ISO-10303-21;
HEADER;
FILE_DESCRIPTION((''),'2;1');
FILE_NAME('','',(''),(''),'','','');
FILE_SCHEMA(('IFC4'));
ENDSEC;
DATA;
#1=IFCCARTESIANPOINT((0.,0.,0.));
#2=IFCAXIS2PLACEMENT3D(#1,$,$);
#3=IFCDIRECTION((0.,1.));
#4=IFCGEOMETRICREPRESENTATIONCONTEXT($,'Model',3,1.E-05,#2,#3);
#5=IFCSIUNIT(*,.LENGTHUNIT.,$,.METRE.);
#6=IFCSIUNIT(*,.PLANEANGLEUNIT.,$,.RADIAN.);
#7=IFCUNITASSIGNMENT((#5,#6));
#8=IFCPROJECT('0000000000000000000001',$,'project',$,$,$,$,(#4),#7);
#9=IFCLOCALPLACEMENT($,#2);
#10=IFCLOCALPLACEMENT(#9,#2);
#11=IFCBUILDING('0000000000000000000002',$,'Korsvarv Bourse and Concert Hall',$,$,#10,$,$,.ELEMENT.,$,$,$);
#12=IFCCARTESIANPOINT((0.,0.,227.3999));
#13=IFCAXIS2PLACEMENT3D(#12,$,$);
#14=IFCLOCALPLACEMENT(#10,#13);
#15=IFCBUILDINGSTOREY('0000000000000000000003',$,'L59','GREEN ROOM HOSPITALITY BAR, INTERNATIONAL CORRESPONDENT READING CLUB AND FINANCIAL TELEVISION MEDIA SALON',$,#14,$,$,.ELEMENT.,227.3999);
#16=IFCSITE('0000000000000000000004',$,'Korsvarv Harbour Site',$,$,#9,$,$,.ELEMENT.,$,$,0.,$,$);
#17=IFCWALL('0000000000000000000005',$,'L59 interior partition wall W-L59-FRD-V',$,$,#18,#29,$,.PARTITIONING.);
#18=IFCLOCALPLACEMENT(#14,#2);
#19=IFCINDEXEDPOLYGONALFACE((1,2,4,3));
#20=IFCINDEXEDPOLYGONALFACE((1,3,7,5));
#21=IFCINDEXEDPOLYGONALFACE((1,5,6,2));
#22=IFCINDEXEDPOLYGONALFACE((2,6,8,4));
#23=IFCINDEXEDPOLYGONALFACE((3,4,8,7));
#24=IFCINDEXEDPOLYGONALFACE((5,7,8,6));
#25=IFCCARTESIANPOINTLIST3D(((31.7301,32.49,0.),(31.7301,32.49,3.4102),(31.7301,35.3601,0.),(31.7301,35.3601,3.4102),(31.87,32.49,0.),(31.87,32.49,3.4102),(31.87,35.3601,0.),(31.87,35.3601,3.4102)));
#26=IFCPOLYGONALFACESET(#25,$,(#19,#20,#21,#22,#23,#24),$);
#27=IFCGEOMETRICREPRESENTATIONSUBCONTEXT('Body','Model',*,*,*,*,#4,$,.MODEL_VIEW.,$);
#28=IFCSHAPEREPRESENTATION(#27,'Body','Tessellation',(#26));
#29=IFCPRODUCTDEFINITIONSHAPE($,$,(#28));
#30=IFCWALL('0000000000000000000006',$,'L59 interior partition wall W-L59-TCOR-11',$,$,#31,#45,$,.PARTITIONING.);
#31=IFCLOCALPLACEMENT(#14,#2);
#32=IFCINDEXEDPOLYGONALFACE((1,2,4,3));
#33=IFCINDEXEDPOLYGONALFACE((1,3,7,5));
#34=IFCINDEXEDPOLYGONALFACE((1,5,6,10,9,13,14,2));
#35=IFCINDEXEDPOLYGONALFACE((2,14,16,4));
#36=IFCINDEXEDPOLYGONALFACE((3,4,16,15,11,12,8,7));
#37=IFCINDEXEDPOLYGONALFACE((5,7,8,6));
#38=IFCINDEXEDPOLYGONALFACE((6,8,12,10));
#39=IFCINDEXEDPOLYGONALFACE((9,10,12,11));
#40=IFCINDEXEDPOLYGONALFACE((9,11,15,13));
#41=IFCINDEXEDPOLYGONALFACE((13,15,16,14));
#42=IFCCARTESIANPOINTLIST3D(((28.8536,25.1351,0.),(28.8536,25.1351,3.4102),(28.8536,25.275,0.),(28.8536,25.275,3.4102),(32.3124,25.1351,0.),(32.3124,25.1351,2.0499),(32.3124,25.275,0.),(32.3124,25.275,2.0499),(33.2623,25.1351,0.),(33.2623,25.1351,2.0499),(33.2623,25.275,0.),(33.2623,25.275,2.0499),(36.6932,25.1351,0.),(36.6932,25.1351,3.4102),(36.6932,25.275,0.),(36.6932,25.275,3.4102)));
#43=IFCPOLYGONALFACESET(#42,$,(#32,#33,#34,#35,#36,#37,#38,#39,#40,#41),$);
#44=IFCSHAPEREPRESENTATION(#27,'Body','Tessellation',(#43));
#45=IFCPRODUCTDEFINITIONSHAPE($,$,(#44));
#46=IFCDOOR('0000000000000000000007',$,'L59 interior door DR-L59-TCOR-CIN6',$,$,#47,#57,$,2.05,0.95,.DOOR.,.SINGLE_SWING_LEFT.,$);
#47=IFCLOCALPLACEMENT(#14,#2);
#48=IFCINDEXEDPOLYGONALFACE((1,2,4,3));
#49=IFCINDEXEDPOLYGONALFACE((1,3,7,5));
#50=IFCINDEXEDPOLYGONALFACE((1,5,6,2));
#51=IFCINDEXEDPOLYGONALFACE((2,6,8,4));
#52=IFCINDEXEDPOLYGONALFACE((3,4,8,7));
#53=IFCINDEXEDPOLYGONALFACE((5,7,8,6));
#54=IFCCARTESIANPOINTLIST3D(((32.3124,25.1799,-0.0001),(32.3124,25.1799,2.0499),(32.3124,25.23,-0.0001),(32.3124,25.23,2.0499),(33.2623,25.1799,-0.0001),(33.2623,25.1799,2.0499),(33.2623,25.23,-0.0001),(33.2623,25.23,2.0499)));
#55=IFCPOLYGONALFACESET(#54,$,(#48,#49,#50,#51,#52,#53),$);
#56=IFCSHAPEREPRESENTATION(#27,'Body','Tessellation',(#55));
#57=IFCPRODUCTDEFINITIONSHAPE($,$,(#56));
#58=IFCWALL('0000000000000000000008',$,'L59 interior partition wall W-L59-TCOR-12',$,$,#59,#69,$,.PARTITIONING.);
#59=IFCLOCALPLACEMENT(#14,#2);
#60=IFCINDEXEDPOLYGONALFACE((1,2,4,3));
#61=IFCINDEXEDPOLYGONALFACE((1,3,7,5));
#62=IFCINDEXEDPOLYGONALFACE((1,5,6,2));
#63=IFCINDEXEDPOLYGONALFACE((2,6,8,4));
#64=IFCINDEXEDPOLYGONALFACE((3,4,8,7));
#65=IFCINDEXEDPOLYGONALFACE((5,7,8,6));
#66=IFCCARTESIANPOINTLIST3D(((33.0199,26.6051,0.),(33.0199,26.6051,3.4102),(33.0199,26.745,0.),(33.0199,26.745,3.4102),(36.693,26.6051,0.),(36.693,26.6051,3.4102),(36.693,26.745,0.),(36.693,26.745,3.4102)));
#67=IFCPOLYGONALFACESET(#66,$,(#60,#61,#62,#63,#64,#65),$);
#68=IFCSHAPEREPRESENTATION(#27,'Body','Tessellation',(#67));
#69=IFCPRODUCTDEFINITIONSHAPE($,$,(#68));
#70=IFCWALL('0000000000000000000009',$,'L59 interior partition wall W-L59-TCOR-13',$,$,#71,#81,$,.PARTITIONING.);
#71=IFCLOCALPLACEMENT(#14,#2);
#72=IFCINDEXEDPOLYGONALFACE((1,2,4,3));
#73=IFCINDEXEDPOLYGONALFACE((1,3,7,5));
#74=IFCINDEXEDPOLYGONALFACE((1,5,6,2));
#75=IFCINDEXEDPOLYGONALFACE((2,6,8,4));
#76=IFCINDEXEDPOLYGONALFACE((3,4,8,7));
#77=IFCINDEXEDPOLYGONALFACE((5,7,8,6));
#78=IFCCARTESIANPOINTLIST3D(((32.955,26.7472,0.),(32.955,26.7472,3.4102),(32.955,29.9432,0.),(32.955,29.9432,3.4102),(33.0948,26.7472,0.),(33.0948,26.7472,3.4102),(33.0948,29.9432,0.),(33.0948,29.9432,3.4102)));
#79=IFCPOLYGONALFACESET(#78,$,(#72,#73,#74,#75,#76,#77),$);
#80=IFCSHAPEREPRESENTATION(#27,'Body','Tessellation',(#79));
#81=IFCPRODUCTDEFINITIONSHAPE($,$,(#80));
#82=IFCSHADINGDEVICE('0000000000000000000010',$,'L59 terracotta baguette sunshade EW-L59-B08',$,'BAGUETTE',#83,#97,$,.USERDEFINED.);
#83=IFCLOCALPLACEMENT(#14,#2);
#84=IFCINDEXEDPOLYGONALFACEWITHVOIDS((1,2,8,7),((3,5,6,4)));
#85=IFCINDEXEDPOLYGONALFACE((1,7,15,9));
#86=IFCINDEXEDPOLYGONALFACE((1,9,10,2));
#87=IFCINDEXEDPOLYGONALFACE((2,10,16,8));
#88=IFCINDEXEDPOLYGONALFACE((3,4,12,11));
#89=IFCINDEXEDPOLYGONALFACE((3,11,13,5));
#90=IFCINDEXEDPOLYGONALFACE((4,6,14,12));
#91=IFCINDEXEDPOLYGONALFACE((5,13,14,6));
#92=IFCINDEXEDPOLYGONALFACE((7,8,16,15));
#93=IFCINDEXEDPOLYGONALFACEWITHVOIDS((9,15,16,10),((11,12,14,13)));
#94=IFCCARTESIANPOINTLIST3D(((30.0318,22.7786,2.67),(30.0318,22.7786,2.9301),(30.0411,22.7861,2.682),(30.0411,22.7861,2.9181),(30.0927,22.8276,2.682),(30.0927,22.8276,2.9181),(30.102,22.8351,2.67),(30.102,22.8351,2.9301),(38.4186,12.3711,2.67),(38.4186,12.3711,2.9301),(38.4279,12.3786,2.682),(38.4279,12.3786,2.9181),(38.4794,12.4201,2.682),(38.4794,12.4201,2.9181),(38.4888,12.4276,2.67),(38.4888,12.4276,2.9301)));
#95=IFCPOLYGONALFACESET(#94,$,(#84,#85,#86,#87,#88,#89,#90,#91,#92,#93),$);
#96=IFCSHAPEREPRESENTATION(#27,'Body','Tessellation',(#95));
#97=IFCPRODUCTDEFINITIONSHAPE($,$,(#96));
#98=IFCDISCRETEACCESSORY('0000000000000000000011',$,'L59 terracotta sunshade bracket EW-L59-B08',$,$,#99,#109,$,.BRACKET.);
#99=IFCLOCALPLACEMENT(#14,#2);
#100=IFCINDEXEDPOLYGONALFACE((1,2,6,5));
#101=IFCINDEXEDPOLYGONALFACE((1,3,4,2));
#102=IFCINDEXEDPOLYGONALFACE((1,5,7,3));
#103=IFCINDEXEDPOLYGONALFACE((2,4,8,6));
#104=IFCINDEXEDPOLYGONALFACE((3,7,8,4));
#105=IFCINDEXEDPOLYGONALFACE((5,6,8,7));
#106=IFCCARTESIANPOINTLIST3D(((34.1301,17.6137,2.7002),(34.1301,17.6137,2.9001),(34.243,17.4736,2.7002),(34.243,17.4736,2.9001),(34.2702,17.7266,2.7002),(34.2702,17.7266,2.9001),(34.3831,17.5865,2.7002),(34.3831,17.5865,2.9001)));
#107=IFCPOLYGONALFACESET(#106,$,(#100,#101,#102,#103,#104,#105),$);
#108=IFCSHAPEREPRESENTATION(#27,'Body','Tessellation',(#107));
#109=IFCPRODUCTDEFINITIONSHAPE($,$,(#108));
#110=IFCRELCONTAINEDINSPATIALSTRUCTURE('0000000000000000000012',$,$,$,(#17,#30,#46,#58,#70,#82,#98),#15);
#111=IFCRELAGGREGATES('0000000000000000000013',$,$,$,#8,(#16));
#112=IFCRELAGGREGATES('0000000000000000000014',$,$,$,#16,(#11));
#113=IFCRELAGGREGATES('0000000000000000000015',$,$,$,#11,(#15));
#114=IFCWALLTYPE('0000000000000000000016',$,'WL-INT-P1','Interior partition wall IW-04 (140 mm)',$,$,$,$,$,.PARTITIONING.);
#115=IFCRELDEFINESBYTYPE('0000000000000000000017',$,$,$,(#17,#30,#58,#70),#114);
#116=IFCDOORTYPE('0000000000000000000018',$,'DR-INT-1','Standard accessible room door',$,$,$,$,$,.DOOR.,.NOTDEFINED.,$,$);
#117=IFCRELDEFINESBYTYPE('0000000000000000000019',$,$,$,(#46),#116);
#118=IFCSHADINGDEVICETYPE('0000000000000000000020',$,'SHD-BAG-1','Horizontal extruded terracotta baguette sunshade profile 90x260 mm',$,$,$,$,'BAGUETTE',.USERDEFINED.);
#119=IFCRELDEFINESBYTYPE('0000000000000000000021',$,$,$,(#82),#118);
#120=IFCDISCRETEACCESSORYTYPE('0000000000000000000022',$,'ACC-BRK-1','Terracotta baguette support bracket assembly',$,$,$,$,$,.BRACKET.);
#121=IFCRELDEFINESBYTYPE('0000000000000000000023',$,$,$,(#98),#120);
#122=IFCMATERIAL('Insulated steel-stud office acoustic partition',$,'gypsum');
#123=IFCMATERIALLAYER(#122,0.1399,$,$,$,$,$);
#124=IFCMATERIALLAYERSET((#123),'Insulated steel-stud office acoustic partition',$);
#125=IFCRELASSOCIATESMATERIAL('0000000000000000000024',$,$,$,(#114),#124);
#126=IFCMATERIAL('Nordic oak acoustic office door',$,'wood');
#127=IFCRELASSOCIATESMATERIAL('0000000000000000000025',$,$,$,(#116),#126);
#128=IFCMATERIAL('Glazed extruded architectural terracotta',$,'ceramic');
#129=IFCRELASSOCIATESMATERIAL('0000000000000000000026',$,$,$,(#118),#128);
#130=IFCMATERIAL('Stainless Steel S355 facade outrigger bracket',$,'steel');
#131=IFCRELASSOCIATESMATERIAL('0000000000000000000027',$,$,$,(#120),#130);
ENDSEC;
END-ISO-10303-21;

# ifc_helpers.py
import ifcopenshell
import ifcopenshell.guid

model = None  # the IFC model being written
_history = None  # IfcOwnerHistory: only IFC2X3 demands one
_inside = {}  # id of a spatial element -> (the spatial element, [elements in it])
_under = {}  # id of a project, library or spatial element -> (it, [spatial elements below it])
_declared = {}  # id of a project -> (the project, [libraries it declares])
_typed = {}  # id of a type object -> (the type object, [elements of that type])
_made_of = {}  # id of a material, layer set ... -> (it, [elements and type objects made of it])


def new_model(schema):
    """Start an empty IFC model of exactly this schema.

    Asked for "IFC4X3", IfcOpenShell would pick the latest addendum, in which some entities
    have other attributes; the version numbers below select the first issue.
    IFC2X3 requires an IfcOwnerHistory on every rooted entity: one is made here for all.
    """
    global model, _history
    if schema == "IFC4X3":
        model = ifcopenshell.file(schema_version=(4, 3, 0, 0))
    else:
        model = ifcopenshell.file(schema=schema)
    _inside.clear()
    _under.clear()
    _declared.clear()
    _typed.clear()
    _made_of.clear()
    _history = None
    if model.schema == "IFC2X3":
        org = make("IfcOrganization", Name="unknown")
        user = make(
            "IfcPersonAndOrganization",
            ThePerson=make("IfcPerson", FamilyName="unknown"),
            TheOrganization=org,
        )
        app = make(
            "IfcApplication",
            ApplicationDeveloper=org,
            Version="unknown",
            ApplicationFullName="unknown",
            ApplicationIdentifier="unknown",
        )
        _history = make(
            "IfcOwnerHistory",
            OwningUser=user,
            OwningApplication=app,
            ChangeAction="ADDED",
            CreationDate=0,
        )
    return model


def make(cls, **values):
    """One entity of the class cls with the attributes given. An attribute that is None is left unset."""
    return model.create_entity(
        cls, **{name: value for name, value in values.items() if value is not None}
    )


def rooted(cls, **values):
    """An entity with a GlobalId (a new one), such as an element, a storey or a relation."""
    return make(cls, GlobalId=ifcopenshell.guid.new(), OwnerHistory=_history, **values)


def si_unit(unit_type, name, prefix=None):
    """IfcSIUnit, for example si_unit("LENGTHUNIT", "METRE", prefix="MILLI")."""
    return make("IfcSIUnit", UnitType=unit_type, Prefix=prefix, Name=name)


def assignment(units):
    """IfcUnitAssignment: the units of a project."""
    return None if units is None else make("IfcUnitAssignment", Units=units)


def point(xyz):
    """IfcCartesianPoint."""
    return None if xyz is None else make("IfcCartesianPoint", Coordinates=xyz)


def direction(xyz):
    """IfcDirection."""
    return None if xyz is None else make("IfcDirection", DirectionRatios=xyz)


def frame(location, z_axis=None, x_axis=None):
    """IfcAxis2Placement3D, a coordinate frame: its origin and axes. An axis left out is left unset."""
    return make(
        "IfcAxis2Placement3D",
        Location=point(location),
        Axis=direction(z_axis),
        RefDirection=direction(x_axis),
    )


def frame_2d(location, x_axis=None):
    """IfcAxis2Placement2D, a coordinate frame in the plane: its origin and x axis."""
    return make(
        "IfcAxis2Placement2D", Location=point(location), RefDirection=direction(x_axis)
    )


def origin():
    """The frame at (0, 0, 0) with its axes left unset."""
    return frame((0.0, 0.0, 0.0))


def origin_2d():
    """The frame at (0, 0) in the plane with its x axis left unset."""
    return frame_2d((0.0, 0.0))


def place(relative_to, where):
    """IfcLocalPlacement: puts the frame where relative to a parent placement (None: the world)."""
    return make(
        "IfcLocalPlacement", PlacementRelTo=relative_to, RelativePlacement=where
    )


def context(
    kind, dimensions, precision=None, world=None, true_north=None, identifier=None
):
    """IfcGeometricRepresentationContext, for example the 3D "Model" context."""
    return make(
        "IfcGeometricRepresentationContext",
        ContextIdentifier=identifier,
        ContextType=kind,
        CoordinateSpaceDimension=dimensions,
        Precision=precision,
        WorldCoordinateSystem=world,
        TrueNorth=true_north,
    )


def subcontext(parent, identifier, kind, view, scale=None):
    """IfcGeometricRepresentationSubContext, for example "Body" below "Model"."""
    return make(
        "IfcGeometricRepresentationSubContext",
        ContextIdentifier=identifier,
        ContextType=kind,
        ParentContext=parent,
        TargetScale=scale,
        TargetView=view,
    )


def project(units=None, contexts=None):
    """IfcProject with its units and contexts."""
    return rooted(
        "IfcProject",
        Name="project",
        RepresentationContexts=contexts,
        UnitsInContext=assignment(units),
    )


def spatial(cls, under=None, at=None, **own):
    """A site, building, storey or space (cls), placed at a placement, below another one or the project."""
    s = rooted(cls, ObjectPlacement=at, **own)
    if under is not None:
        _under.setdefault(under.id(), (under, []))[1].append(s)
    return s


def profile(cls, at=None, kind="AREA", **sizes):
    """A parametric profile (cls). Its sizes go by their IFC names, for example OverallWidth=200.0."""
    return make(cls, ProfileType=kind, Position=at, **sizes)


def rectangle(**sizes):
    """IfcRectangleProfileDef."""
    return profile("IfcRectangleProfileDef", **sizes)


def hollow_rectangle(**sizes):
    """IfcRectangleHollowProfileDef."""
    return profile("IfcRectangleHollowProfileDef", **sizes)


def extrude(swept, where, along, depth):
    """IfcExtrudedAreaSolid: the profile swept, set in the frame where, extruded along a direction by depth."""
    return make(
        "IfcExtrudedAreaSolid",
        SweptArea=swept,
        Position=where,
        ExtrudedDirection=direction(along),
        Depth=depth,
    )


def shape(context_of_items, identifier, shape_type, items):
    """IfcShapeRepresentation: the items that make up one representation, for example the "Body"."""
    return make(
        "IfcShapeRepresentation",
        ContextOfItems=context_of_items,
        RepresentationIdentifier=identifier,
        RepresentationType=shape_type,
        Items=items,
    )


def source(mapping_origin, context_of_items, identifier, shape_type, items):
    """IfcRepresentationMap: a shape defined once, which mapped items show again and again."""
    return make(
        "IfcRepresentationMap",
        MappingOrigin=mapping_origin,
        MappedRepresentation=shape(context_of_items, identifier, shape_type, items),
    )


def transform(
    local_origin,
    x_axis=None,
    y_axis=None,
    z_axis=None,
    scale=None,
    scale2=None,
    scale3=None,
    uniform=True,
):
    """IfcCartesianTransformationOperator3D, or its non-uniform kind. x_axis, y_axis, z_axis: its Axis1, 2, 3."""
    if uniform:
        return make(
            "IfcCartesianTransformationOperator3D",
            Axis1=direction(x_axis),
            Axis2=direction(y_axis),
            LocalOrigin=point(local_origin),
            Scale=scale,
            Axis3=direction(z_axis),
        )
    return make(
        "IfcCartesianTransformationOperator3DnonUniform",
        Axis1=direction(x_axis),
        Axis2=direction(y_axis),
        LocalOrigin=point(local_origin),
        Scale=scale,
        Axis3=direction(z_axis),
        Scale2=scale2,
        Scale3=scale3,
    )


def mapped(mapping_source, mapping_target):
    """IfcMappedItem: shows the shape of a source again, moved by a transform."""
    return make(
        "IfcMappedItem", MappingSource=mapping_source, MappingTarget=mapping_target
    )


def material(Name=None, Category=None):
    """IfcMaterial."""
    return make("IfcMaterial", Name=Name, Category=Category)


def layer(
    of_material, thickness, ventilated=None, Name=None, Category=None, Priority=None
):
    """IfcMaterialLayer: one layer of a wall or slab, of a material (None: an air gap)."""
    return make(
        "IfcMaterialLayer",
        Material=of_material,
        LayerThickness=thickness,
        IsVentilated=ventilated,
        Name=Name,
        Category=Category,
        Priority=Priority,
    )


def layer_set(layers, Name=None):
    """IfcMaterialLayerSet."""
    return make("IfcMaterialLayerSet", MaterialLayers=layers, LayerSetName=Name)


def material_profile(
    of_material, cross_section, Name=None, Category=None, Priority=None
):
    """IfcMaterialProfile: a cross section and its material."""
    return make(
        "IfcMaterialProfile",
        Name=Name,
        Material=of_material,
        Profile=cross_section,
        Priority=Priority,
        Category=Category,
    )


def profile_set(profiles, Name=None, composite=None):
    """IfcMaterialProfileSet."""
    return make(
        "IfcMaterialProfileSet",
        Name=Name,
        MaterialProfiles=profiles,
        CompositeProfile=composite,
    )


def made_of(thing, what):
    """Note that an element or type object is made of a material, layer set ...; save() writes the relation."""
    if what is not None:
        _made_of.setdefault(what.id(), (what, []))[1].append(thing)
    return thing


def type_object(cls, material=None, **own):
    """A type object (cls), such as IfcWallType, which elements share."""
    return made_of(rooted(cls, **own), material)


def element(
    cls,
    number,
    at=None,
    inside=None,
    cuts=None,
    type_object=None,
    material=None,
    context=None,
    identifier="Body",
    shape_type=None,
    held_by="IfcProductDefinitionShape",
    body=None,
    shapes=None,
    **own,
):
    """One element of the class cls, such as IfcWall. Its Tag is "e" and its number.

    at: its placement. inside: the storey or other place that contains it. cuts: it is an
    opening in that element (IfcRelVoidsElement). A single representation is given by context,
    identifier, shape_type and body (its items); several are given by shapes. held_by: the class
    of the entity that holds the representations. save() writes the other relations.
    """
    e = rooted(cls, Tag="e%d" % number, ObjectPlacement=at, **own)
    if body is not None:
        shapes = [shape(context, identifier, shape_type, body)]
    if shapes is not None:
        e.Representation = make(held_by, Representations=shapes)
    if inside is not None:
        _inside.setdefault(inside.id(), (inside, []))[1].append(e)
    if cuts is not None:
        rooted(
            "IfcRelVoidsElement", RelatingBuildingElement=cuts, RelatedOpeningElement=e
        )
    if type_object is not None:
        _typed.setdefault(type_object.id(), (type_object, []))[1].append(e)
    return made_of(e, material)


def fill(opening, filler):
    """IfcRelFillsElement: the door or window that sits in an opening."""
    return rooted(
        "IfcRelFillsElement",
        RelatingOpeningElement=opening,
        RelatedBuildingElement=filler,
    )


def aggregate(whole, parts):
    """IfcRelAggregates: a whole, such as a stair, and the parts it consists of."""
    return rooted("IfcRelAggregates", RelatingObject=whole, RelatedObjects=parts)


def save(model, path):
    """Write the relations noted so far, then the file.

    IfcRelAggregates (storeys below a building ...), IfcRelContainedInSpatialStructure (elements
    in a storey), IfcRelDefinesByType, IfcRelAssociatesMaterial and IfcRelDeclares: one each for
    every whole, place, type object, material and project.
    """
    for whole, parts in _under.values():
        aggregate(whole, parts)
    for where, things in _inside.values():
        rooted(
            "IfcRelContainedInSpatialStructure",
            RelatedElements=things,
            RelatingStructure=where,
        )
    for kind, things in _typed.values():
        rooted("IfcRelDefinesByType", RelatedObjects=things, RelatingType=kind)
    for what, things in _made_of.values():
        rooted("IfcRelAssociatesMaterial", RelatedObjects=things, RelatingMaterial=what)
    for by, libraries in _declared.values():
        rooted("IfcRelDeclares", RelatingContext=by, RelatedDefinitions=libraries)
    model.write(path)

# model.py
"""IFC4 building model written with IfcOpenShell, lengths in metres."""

from ifc_helpers import new_model, si_unit, direction, frame, frame_2d, origin, origin_2d, place, context, subcontext, project, spatial, rectangle, hollow_rectangle, extrude, source, transform, mapped, material, layer, layer_set, material_profile, profile_set, type_object, element, fill, save


model = new_model("IFC4")

# Units and contexts
model_context = context("Model", 3, precision=1e-05, world=origin(), true_north=direction((0.0, 1.0)))
body_context = subcontext(model_context, "Body", "Model", "MODEL_VIEW")
ifc_project = project(units=[si_unit("LENGTHUNIT", "METRE"), si_unit("PLANEANGLEUNIT", "RADIAN")], contexts=[model_context])

# Site, building, storey
site_placement = place(None, origin())
site = spatial("IfcSite", under=ifc_project, at=site_placement, Name="Korsvarv Harbour Site", CompositionType="ELEMENT", RefElevation=0.0)
building_placement = place(site_placement, origin())
building = spatial("IfcBuilding", under=site, at=building_placement, Name="Korsvarv Bourse and Concert Hall", CompositionType="ELEMENT")
storey_placement = place(building_placement, frame((0.0, 0.0, 227.3999)))
storey = spatial("IfcBuildingStorey", under=building, at=storey_placement, Name="L59", Description="GREEN ROOM HOSPITALITY BAR, INTERNATIONAL CORRESPONDENT READING CLUB AND FINANCIAL TELEVISION MEDIA SALON", CompositionType="ELEMENT", Elevation=227.3999)

# Wall
ifc_material_1 = material(Name="Insulated steel-stud office acoustic partition", Category="gypsum")
ifc_layer_1 = layer(ifc_material_1, 0.1399)
ifc_layer_set_1 = layer_set([ifc_layer_1], Name="Insulated steel-stud office acoustic partition")
wall_type_1 = type_object("IfcWallType", Name="WL-INT-P1", Description="Interior partition wall IW-04 (140 mm)", PredefinedType="PARTITIONING", material=ifc_layer_set_1)
wall_1_placement = place(storey_placement, frame((31.8, 32.49, 0.0), z_axis=(0.0, 0.0, 1.0), x_axis=(0.0, 1.0, 0.0)))
element("IfcWall", 1, at=wall_1_placement, inside=storey, type_object=wall_type_1, Name="L59 interior partition wall W-L59-FRD-V", PredefinedType="PARTITIONING", context=body_context, shape_type="SweptSolid", body=[
    extrude(rectangle(XDim=2.8701, YDim=0.1399, at=frame_2d((1.4351, 0.0))), origin(), (0.0, 0.0, 1.0), 3.4102),
])

# Wall, opening, door
wall_2_placement = place(storey_placement, frame((28.8535, 25.2051, 0.0), z_axis=(0.0, 0.0, 1.0), x_axis=(1.0, 0.0, 0.0)))
wall_2 = element("IfcWall", 2, at=wall_2_placement, inside=storey, type_object=wall_type_1, Name="L59 interior partition wall W-L59-TCOR-11", PredefinedType="PARTITIONING", context=body_context, shape_type="SweptSolid", body=[
    extrude(rectangle(XDim=7.8396, YDim=0.1399, at=frame_2d((3.9199, 0.0))), origin(), (0.0, 0.0, 1.0), 3.4102),
])
opening_1_placement = place(wall_2_placement, frame((3.4587, 0.0, 0.0)))
opening_1 = element("IfcOpeningElement", 3, at=opening_1_placement, cuts=wall_2, PredefinedType="OPENING", context=body_context, shape_type="SweptSolid", body=[
    extrude(rectangle(XDim=0.95, YDim=2.05, at=frame_2d((0.4751, 1.0249))), frame((0.0, 0.0801, 0.0), z_axis=(0.0, -1.0, 0.0), x_axis=(1.0, 0.0, 0.0)), (0.0, 0.0, 1.0), 0.1599),
])
ifc_material_2 = material(Name="Nordic oak acoustic office door", Category="wood")
door_type_1 = type_object("IfcDoorType", Name="DR-INT-1", Description="Standard accessible room door", OperationType="NOTDEFINED", PredefinedType="DOOR", material=ifc_material_2)
door_1_placement = place(opening_1_placement, origin())
door_1 = element("IfcDoor", 4, at=door_1_placement, inside=storey, type_object=door_type_1, Name="L59 interior door DR-L59-TCOR-CIN6", OperationType="SINGLE_SWING_LEFT", OverallHeight=2.05, OverallWidth=0.95, PredefinedType="DOOR", context=body_context, shape_type="SweptSolid", body=[
    extrude(rectangle(XDim=0.95, YDim=2.05, at=frame_2d((0.4751, 1.0249))), frame((0.0, 0.0249, 0.0), z_axis=(0.0, -1.0, 0.0), x_axis=(1.0, 0.0, 0.0)), (0.0, 0.0, 1.0), 0.05),
])
fill(opening_1, door_1)

# Walls
wall_3_placement = place(storey_placement, frame((33.02, 26.675, 0.0), z_axis=(0.0, 0.0, 1.0), x_axis=(1.0, 0.0, 0.0)))
element("IfcWall", 5, at=wall_3_placement, inside=storey, type_object=wall_type_1, Name="L59 interior partition wall W-L59-TCOR-12", PredefinedType="PARTITIONING", context=body_context, shape_type="SweptSolid", body=[
    extrude(rectangle(XDim=3.6731, YDim=0.1399, at=frame_2d((1.8364, 0.0))), origin(), (0.0, 0.0, 1.0), 3.4102),
])
wall_4_placement = place(storey_placement, frame((33.0249, 26.7471, 0.0), z_axis=(0.0, 0.0, 1.0), x_axis=(0.0, 1.0, 0.0)))
element("IfcWall", 6, at=wall_4_placement, inside=storey, type_object=wall_type_1, Name="L59 interior partition wall W-L59-TCOR-13", PredefinedType="PARTITIONING", context=body_context, shape_type="SweptSolid", body=[
    extrude(rectangle(XDim=3.196, YDim=0.1399, at=frame_2d((1.5981, 0.0))), origin(), (0.0, 0.0, 1.0), 3.4102),
])

# Shading device
ifc_material_3 = material(Name="Glazed extruded architectural terracotta", Category="ceramic")
ifc_material_profile_1 = material_profile(ifc_material_3, hollow_rectangle(XDim=0.0901, YDim=0.26, WallThickness=0.012, at=origin_2d()), Name="TC-BAG 90x260")
ifc_profile_set_1 = profile_set([ifc_material_profile_1], Name="Glazed extruded architectural terracotta")
shading_device_type = type_object("IfcShadingDeviceType", Name="SHD-BAG-1", Description="Horizontal extruded terracotta baguette sunshade profile 90x260 mm", ElementType="BAGUETTE", PredefinedType="USERDEFINED", material=ifc_profile_set_1)
shared_shape_1 = source(origin(), body_context, "Body", "SweptSolid", [
    extrude(hollow_rectangle(XDim=0.0901, YDim=0.26, WallThickness=0.012, at=origin_2d()), origin(), (0.0, 0.0, 1.0), 13.3662),
])
shading_device_placement = place(storey_placement, frame((30.0669, 22.8069, 2.8), z_axis=(0.627462, -0.778647, 0.0), x_axis=(0.778647, 0.627462, 0.0)))
element("IfcShadingDevice", 7, at=shading_device_placement, inside=storey, type_object=shading_device_type, Name="L59 terracotta baguette sunshade EW-L59-B08", ObjectType="BAGUETTE", PredefinedType="USERDEFINED", context=body_context, shape_type="MappedRepresentation", body=[
    mapped(shared_shape_1, transform((0.0, 0.0, 0.0), scale=1.0)),
])

# Discrete accessory
ifc_material_4 = material(Name="Stainless Steel S355 facade outrigger bracket", Category="steel")
discrete_accessory_type = type_object("IfcDiscreteAccessoryType", Name="ACC-BRK-1", Description="Terracotta baguette support bracket assembly", PredefinedType="BRACKET", material=ifc_material_4)
shared_shape_2 = source(origin(), body_context, "Body", "SweptSolid", [
    extrude(rectangle(XDim=0.1799, YDim=0.1799, at=origin_2d()), origin(), (0.0, 0.0, 1.0), 0.2),
])
discrete_accessory_placement = place(storey_placement, frame((34.2566, 17.6001, 2.7002), z_axis=(0.0, 0.0, 1.0), x_axis=(0.62742, -0.778681, 0.0)))
element("IfcDiscreteAccessory", 8, at=discrete_accessory_placement, inside=storey, type_object=discrete_accessory_type, Name="L59 terracotta sunshade bracket EW-L59-B08", PredefinedType="BRACKET", context=body_context, shape_type="MappedRepresentation", body=[
    mapped(shared_shape_2, transform((0.0, 0.0, 0.0), scale=1.0)),
])

save(model, "model.ifc")
